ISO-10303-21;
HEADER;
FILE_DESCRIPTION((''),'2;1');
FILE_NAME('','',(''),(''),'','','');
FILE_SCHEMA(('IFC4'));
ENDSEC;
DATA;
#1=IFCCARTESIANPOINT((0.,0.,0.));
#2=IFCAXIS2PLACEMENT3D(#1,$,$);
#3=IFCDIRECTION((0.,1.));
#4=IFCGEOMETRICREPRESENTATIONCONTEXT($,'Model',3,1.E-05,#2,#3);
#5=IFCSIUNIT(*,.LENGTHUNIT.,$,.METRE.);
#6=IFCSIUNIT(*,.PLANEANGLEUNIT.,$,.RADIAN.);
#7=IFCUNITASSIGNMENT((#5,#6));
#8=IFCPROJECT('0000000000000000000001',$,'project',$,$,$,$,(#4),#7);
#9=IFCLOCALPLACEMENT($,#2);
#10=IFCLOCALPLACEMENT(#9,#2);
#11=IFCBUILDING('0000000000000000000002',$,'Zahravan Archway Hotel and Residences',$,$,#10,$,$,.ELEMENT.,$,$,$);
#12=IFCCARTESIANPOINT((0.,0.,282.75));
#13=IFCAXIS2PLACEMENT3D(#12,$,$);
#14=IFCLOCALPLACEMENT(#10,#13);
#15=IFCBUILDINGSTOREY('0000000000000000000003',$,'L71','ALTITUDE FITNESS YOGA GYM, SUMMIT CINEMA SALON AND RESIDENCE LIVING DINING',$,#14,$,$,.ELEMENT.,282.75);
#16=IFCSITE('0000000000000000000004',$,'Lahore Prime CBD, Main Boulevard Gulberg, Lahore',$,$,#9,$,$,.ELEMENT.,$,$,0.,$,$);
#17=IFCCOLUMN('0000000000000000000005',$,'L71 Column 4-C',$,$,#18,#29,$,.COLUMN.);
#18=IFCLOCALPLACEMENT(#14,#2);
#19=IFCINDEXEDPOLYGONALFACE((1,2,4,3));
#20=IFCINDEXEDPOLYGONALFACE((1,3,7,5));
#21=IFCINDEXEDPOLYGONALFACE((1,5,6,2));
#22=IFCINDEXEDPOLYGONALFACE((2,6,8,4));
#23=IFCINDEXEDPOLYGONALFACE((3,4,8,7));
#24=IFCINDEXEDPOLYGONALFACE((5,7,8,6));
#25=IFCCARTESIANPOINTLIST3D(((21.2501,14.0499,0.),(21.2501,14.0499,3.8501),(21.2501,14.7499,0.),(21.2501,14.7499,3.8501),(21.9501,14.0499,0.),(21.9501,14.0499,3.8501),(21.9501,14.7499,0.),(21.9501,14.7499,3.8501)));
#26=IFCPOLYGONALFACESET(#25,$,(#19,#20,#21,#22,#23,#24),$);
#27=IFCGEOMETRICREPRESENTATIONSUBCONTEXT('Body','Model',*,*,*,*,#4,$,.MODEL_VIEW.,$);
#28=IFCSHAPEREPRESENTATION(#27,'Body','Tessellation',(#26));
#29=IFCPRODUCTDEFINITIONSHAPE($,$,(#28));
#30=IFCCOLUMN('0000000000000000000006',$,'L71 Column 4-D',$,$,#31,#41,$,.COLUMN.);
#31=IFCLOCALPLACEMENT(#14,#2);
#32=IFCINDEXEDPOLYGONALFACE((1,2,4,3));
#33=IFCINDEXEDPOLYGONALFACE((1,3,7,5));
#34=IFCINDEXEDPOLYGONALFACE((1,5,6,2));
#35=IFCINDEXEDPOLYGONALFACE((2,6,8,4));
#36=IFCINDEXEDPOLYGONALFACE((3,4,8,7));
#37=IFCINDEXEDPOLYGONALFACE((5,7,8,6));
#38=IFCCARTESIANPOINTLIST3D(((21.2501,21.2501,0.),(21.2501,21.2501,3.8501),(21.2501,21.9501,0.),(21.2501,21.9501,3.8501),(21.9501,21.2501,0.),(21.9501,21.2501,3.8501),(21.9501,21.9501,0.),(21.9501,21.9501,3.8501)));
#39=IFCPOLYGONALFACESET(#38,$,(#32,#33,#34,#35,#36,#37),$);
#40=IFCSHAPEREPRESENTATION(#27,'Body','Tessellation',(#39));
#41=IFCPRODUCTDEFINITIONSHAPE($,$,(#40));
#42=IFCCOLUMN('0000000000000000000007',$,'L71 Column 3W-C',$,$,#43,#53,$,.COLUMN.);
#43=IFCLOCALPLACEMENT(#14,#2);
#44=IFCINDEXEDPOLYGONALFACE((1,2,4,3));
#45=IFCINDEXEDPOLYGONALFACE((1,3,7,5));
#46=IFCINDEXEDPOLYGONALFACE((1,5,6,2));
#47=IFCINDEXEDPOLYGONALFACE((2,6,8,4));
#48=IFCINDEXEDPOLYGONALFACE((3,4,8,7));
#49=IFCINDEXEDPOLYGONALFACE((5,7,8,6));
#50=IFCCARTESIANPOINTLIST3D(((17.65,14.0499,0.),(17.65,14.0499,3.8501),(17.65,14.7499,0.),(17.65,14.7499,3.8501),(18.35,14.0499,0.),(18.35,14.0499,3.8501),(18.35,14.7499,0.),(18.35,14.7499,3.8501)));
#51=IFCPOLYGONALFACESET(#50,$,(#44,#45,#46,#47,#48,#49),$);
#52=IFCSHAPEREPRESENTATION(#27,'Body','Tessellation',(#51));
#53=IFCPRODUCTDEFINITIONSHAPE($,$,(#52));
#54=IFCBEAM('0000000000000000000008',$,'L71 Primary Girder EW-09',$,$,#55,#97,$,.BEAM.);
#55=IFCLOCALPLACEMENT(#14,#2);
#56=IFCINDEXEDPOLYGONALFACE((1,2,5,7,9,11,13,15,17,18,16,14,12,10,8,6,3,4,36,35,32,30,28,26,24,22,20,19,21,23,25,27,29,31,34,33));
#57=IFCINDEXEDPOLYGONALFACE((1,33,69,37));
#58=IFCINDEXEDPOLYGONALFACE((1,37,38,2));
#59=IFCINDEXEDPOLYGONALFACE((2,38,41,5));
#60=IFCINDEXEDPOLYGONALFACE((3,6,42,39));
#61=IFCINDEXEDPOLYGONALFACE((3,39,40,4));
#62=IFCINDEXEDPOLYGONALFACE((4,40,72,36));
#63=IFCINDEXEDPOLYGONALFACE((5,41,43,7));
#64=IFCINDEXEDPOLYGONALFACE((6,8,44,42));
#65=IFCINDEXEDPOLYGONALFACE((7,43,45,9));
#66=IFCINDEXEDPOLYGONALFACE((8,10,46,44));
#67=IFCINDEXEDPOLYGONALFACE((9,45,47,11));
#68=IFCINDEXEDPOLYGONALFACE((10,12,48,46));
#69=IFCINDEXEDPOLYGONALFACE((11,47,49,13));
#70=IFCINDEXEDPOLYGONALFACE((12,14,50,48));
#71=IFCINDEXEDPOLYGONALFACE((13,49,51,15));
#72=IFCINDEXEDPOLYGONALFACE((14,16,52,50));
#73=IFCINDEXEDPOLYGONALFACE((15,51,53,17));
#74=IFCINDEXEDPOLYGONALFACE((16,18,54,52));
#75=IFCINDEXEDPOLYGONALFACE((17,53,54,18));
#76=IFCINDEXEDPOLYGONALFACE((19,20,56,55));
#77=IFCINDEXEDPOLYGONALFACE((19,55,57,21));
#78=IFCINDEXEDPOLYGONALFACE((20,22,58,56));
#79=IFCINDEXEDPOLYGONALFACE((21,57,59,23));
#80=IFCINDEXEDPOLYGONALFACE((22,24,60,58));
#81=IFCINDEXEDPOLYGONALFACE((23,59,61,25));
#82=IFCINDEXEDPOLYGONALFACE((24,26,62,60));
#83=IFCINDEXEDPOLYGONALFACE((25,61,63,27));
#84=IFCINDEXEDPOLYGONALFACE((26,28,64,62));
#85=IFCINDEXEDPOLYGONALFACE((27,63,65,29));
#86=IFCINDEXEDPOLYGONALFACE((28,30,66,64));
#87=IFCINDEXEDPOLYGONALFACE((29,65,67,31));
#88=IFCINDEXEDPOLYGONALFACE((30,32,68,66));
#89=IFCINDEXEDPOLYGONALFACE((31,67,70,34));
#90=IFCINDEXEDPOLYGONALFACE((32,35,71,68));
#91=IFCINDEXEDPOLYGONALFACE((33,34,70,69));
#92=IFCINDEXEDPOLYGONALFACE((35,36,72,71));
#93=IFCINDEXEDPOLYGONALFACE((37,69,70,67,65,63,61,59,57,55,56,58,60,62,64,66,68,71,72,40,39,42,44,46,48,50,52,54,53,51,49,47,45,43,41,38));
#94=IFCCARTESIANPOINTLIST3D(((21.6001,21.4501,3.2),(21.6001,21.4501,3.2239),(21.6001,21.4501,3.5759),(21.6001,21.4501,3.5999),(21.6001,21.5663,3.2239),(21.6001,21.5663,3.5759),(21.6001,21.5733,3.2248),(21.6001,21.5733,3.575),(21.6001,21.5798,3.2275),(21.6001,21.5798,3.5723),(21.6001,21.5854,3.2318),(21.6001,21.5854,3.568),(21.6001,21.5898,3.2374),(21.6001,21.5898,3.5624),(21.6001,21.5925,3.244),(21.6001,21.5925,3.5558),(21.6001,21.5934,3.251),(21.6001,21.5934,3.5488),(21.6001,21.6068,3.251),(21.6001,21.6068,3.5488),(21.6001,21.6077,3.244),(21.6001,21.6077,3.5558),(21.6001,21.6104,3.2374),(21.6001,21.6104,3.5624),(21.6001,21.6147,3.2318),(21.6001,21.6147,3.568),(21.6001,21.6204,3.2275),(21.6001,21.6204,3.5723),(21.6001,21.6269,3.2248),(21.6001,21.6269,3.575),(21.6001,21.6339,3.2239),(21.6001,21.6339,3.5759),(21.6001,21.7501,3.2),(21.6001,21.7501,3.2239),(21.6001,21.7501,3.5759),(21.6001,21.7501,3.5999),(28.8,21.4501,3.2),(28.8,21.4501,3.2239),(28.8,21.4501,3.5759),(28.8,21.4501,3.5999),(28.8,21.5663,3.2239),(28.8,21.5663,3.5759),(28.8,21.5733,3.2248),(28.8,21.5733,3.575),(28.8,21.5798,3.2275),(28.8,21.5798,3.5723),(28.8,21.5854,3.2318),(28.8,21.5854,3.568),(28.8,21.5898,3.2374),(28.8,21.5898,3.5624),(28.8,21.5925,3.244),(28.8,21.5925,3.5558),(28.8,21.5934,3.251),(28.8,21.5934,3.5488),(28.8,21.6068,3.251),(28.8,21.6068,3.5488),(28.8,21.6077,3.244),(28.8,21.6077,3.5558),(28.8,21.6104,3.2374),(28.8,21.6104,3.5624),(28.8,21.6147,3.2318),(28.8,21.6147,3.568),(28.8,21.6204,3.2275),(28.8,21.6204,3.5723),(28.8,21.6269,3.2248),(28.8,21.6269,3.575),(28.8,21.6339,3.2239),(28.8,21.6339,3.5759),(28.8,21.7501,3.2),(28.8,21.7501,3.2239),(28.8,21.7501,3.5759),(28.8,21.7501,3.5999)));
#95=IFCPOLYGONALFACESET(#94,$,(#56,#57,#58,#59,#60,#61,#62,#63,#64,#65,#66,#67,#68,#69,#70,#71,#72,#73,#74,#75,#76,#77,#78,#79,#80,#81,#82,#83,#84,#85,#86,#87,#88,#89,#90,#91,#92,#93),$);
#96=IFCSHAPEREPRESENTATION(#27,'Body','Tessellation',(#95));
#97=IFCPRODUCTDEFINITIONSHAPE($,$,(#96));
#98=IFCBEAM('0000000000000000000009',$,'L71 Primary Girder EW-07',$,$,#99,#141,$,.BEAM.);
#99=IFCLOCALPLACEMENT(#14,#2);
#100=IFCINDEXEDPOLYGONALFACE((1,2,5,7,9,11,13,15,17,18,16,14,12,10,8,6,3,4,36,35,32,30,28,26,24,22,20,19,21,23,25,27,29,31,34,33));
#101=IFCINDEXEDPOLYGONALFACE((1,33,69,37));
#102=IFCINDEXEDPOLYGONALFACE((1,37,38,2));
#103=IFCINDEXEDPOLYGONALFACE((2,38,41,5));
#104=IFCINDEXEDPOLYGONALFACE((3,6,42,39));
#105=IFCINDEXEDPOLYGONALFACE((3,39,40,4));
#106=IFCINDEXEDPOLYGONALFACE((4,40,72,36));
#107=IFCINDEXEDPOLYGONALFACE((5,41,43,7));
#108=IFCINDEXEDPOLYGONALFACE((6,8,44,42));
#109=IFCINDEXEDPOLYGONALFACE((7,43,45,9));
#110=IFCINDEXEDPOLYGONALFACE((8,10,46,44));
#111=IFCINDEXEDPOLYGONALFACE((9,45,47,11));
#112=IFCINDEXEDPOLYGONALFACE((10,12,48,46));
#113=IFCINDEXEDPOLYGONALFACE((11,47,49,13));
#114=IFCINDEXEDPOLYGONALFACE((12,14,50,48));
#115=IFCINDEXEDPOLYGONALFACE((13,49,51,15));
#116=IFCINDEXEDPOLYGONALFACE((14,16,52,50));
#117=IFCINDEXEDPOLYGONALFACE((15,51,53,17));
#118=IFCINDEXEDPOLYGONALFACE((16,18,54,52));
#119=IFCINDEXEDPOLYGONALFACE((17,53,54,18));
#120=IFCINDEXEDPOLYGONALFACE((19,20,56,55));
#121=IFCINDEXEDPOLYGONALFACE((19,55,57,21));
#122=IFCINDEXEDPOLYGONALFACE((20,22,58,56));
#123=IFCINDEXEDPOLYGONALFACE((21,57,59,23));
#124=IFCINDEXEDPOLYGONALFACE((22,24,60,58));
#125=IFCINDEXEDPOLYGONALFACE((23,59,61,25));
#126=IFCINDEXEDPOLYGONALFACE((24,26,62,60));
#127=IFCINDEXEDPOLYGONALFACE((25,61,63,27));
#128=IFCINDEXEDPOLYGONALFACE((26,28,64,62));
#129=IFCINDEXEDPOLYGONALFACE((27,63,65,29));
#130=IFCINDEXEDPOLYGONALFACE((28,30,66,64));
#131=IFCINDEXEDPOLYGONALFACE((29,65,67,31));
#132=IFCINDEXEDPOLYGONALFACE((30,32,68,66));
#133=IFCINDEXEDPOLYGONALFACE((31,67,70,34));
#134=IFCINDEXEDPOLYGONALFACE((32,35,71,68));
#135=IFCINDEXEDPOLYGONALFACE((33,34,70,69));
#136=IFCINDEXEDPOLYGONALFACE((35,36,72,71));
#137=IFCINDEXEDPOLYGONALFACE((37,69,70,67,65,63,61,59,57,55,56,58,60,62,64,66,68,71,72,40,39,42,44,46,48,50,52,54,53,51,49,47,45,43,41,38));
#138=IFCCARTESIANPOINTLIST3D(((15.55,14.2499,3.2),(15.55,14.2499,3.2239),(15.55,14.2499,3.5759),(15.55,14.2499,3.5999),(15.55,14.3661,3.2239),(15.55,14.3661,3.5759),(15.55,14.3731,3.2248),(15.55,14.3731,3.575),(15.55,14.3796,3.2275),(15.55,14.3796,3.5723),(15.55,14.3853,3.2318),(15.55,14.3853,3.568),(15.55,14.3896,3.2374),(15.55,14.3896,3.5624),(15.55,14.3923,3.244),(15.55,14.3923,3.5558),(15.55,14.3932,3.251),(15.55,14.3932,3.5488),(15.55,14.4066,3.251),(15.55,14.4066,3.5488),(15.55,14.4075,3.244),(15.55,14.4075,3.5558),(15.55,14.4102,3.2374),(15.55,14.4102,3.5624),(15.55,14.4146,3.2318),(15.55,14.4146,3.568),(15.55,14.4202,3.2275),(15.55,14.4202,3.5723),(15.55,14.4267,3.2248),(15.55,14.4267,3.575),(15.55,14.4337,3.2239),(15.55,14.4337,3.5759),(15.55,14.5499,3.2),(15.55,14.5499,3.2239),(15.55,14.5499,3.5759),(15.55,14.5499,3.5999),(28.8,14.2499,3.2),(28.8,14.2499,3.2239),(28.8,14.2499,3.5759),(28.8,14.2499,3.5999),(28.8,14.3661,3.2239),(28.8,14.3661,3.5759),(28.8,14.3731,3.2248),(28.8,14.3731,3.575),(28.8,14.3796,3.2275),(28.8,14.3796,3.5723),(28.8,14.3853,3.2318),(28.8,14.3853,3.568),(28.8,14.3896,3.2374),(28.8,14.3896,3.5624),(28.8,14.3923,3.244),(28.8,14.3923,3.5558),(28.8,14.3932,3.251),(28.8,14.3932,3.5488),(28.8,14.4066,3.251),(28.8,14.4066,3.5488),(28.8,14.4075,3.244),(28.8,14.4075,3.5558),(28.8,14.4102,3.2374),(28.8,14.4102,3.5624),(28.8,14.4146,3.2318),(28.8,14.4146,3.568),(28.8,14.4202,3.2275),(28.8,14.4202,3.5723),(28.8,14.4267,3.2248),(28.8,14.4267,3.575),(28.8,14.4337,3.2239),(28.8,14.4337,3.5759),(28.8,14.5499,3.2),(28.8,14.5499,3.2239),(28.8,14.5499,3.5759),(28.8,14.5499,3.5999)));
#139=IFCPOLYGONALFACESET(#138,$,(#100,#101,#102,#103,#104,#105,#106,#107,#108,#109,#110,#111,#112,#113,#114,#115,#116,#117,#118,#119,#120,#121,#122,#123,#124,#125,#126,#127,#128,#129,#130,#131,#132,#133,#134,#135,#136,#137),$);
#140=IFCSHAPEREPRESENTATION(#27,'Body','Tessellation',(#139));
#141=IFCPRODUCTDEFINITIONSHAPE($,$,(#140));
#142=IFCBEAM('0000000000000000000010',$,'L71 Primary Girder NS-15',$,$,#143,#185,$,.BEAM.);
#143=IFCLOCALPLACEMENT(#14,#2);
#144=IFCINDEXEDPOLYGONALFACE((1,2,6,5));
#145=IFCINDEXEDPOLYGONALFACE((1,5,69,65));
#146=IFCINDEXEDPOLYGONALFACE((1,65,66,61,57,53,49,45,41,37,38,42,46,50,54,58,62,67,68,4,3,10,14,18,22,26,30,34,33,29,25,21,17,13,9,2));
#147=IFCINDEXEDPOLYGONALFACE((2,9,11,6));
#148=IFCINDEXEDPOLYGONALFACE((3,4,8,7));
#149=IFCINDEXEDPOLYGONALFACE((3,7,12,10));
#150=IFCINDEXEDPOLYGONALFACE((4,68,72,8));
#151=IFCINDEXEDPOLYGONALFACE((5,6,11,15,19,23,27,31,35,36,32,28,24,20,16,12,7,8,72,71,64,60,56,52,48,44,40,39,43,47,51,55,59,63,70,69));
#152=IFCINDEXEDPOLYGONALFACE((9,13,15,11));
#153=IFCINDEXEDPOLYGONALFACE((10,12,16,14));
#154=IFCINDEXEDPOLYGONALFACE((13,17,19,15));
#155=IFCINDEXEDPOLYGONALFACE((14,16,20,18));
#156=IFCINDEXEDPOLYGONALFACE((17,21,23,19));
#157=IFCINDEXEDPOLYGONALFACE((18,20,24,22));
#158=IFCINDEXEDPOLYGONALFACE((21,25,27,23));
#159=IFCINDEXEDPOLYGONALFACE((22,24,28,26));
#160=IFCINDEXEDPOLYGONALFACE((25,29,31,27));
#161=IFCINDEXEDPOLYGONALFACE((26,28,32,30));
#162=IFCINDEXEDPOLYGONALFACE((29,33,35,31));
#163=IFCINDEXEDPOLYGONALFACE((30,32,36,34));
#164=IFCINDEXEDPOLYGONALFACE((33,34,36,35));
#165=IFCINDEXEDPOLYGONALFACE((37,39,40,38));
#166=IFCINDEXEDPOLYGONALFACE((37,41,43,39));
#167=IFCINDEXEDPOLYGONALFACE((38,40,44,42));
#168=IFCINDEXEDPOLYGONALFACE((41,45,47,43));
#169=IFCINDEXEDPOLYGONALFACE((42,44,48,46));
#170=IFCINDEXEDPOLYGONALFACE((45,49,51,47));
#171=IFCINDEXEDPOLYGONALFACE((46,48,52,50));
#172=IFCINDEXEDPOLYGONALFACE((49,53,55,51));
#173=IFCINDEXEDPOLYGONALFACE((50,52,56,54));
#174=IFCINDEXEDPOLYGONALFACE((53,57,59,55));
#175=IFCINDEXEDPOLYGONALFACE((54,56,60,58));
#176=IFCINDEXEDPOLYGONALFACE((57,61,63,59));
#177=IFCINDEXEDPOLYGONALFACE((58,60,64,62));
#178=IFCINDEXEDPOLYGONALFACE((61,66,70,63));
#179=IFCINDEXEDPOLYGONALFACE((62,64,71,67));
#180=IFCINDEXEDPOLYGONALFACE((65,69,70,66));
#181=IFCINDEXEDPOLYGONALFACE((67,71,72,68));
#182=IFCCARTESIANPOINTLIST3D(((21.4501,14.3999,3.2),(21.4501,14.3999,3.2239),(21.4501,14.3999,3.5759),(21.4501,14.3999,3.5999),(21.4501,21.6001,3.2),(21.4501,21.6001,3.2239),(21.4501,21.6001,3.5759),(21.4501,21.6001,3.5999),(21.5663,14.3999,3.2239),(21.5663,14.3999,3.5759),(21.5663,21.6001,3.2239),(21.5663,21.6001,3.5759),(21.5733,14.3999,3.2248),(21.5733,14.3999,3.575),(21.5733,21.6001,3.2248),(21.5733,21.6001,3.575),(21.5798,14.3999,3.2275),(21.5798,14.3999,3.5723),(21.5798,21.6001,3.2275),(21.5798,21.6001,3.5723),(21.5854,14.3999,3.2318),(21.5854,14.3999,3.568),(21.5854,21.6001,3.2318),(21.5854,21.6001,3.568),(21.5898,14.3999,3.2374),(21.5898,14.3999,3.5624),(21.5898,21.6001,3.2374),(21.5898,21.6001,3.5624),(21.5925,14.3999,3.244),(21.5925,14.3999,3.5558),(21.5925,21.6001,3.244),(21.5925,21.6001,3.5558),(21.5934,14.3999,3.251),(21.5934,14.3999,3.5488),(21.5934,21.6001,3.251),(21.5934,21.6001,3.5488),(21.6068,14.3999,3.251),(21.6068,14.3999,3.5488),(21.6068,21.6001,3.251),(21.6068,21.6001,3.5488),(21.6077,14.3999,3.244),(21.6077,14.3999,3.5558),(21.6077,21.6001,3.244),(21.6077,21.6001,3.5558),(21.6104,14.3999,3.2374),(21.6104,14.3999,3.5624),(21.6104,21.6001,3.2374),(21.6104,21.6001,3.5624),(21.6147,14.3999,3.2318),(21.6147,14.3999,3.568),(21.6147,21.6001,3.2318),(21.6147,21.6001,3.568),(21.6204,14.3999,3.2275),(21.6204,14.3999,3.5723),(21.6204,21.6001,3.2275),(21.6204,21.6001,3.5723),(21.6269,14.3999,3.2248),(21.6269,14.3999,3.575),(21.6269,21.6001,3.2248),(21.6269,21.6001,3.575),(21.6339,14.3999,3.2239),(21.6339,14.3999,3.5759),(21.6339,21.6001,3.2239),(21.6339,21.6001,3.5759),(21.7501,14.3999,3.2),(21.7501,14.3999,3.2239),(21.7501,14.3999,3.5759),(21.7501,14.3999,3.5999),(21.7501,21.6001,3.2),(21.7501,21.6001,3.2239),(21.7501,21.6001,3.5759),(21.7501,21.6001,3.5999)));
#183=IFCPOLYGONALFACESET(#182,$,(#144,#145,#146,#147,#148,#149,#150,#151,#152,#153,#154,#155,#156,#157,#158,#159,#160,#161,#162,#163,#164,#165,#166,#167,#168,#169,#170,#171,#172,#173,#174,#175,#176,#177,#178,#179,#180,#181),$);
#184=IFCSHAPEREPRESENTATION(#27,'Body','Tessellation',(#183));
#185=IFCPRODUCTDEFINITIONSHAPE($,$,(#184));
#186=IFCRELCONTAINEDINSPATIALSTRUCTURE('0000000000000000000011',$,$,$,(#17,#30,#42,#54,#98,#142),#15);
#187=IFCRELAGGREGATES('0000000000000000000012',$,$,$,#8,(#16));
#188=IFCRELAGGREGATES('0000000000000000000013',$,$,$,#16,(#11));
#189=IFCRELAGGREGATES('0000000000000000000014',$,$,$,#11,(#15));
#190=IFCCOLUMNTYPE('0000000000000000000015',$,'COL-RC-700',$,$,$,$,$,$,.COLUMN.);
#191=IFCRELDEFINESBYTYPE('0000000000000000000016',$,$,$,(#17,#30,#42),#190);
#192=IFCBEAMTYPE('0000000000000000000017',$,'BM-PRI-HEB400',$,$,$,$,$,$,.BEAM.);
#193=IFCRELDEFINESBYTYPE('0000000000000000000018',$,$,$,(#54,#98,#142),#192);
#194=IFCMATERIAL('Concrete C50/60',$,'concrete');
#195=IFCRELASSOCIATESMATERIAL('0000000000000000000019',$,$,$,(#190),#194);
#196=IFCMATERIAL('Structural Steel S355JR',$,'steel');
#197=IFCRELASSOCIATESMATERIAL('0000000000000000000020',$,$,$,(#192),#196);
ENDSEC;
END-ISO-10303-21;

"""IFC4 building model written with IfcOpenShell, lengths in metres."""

from ifc_helpers import new_model, si_unit, direction, frame, origin, origin_2d, place, context, subcontext, project, spatial, rectangle, i_section, extrude, source, transform, mapped, material, material_profile, profile_set, type_object, type_shapes, element, save


model = new_model("IFC4")

# Units and contexts
model_context = context("Model", 3, precision=1e-05, world=origin(), true_north=direction((0.0, 1.0)))
body_context = subcontext(model_context, "Body", "Model", "MODEL_VIEW")
ifc_project = project(units=[si_unit("LENGTHUNIT", "METRE"), si_unit("PLANEANGLEUNIT", "RADIAN")], contexts=[model_context])

# Site, building, storey
site_placement = place(None, origin())
site = spatial("IfcSite", under=ifc_project, at=site_placement, Name="Lahore Prime CBD, Main Boulevard Gulberg, Lahore", CompositionType="ELEMENT", RefElevation=0.0)
building_placement = place(site_placement, origin())
building = spatial("IfcBuilding", under=site, at=building_placement, Name="Zahravan Archway Hotel and Residences", CompositionType="ELEMENT")
storey_placement = place(building_placement, frame((0.0, 0.0, 282.75)))
storey = spatial("IfcBuildingStorey", under=building, at=storey_placement, Name="L71", Description="ALTITUDE FITNESS YOGA GYM, SUMMIT CINEMA SALON AND RESIDENCE LIVING DINING", CompositionType="ELEMENT", Elevation=282.75)

# Columns
ifc_material_1 = material(Name="Concrete C50/60", Category="concrete")
ifc_material_profile_1 = material_profile(ifc_material_1, rectangle(XDim=0.7, YDim=0.7, at=origin_2d()), Name="RC-COL-700x700", Category="concrete")
ifc_profile_set_1 = profile_set([ifc_material_profile_1], Name="Concrete C50/60")
column_type = type_object("IfcColumnType", Name="COL-RC-700", PredefinedType="COLUMN", material=ifc_profile_set_1)
shared_shape_1 = source(origin(), body_context, "Body", "SweptSolid", [
    extrude(rectangle(XDim=0.7, YDim=0.7, at=origin_2d()), origin(), (0.0, 0.0, 1.0), 3.8501),
])
for number, where, z_axis, x_axis, name in (
    (1, (21.6001, 14.3999, 0.0), (0.0, 0.0, 1.0), (1.0, 0.0, 0.0), "L71 Column 4-C"),
    (2, (21.6001, 21.6001, 0.0), (0.0, 0.0, 1.0), (1.0, 0.0, 0.0), "L71 Column 4-D"),
    (3, (18.0, 14.3999, 0.0), (0.0, 0.0, 1.0), (1.0, 0.0, 0.0), "L71 Column 3W-C"),
):
    element("IfcColumn", number, at=place(storey_placement, frame(where, z_axis=z_axis, x_axis=x_axis)), inside=storey, type_object=column_type, Name=name, PredefinedType="COLUMN", context=body_context, shape_type="MappedRepresentation", body=[
        mapped(shared_shape_1, transform((0.0, 0.0, 0.0), scale=1.0)),
    ])

# Beams
ifc_material_2 = material(Name="Structural Steel S355JR", Category="steel")
ifc_material_profile_2 = material_profile(ifc_material_2, i_section(OverallWidth=0.3, OverallDepth=0.3999, WebThickness=0.0134, FlangeThickness=0.0239, FilletRadius=0.0271, at=origin_2d()), Name="HEB 400", Category="steel")
ifc_profile_set_2 = profile_set([ifc_material_profile_2], Name="Structural Steel S355JR")
beam_type = type_object("IfcBeamType", Name="BM-PRI-HEB400", PredefinedType="BEAM", material=ifc_profile_set_2)
shared_shape_2 = source(origin(), body_context, "Body", "SweptSolid", [
    extrude(i_section(OverallWidth=0.3, OverallDepth=0.3999, WebThickness=0.0134, FlangeThickness=0.0239, FilletRadius=0.0271, at=origin_2d()), origin(), (0.0, 0.0, 1.0), 7.2),
])
type_shapes(beam_type, [shared_shape_2])
beam_1_placement = place(storey_placement, frame((21.6001, 21.6001, 3.3999), z_axis=(1.0, 0.0, 0.0), x_axis=(0.0, 1.0, 0.0)))
element("IfcBeam", 4, at=beam_1_placement, inside=storey, type_object=beam_type, Name="L71 Primary Girder EW-09", PredefinedType="BEAM", context=body_context, shape_type="MappedRepresentation", body=[
    mapped(shared_shape_2, transform((0.0, 0.0, 0.0), scale=1.0)),
])
shared_shape_3 = source(origin(), body_context, "Body", "SweptSolid", [
    extrude(i_section(OverallWidth=0.3, OverallDepth=0.3999, WebThickness=0.0134, FlangeThickness=0.0239, FilletRadius=0.0271, at=origin_2d()), origin(), (0.0, 0.0, 1.0), 13.25),
])
beam_2_placement = place(storey_placement, frame((15.55, 14.3999, 3.3999), z_axis=(1.0, 0.0, 0.0), x_axis=(0.0, 1.0, 0.0)))
element("IfcBeam", 5, at=beam_2_placement, inside=storey, type_object=beam_type, Name="L71 Primary Girder EW-07", PredefinedType="BEAM", context=body_context, shape_type="MappedRepresentation", body=[
    mapped(shared_shape_3, transform((0.0, 0.0, 0.0), scale=1.0)),
])
shared_shape_4 = source(origin(), body_context, "Body", "SweptSolid", [
    extrude(i_section(OverallWidth=0.3, OverallDepth=0.3999, WebThickness=0.0134, FlangeThickness=0.0239, FilletRadius=0.0271, at=origin_2d()), origin(), (0.0, 0.0, 1.0), 7.2002),
])
beam_3_placement = place(storey_placement, frame((21.6001, 14.3999, 3.3999), z_axis=(0.0, 1.0, 0.0), x_axis=(-1.0, 0.0, 0.0)))
element("IfcBeam", 6, at=beam_3_placement, inside=storey, type_object=beam_type, Name="L71 Primary Girder NS-15", PredefinedType="BEAM", context=body_context, shape_type="MappedRepresentation", body=[
    mapped(shared_shape_4, transform((0.0, 0.0, 0.0), scale=1.0)),
])

save(model, "model.ifc")
